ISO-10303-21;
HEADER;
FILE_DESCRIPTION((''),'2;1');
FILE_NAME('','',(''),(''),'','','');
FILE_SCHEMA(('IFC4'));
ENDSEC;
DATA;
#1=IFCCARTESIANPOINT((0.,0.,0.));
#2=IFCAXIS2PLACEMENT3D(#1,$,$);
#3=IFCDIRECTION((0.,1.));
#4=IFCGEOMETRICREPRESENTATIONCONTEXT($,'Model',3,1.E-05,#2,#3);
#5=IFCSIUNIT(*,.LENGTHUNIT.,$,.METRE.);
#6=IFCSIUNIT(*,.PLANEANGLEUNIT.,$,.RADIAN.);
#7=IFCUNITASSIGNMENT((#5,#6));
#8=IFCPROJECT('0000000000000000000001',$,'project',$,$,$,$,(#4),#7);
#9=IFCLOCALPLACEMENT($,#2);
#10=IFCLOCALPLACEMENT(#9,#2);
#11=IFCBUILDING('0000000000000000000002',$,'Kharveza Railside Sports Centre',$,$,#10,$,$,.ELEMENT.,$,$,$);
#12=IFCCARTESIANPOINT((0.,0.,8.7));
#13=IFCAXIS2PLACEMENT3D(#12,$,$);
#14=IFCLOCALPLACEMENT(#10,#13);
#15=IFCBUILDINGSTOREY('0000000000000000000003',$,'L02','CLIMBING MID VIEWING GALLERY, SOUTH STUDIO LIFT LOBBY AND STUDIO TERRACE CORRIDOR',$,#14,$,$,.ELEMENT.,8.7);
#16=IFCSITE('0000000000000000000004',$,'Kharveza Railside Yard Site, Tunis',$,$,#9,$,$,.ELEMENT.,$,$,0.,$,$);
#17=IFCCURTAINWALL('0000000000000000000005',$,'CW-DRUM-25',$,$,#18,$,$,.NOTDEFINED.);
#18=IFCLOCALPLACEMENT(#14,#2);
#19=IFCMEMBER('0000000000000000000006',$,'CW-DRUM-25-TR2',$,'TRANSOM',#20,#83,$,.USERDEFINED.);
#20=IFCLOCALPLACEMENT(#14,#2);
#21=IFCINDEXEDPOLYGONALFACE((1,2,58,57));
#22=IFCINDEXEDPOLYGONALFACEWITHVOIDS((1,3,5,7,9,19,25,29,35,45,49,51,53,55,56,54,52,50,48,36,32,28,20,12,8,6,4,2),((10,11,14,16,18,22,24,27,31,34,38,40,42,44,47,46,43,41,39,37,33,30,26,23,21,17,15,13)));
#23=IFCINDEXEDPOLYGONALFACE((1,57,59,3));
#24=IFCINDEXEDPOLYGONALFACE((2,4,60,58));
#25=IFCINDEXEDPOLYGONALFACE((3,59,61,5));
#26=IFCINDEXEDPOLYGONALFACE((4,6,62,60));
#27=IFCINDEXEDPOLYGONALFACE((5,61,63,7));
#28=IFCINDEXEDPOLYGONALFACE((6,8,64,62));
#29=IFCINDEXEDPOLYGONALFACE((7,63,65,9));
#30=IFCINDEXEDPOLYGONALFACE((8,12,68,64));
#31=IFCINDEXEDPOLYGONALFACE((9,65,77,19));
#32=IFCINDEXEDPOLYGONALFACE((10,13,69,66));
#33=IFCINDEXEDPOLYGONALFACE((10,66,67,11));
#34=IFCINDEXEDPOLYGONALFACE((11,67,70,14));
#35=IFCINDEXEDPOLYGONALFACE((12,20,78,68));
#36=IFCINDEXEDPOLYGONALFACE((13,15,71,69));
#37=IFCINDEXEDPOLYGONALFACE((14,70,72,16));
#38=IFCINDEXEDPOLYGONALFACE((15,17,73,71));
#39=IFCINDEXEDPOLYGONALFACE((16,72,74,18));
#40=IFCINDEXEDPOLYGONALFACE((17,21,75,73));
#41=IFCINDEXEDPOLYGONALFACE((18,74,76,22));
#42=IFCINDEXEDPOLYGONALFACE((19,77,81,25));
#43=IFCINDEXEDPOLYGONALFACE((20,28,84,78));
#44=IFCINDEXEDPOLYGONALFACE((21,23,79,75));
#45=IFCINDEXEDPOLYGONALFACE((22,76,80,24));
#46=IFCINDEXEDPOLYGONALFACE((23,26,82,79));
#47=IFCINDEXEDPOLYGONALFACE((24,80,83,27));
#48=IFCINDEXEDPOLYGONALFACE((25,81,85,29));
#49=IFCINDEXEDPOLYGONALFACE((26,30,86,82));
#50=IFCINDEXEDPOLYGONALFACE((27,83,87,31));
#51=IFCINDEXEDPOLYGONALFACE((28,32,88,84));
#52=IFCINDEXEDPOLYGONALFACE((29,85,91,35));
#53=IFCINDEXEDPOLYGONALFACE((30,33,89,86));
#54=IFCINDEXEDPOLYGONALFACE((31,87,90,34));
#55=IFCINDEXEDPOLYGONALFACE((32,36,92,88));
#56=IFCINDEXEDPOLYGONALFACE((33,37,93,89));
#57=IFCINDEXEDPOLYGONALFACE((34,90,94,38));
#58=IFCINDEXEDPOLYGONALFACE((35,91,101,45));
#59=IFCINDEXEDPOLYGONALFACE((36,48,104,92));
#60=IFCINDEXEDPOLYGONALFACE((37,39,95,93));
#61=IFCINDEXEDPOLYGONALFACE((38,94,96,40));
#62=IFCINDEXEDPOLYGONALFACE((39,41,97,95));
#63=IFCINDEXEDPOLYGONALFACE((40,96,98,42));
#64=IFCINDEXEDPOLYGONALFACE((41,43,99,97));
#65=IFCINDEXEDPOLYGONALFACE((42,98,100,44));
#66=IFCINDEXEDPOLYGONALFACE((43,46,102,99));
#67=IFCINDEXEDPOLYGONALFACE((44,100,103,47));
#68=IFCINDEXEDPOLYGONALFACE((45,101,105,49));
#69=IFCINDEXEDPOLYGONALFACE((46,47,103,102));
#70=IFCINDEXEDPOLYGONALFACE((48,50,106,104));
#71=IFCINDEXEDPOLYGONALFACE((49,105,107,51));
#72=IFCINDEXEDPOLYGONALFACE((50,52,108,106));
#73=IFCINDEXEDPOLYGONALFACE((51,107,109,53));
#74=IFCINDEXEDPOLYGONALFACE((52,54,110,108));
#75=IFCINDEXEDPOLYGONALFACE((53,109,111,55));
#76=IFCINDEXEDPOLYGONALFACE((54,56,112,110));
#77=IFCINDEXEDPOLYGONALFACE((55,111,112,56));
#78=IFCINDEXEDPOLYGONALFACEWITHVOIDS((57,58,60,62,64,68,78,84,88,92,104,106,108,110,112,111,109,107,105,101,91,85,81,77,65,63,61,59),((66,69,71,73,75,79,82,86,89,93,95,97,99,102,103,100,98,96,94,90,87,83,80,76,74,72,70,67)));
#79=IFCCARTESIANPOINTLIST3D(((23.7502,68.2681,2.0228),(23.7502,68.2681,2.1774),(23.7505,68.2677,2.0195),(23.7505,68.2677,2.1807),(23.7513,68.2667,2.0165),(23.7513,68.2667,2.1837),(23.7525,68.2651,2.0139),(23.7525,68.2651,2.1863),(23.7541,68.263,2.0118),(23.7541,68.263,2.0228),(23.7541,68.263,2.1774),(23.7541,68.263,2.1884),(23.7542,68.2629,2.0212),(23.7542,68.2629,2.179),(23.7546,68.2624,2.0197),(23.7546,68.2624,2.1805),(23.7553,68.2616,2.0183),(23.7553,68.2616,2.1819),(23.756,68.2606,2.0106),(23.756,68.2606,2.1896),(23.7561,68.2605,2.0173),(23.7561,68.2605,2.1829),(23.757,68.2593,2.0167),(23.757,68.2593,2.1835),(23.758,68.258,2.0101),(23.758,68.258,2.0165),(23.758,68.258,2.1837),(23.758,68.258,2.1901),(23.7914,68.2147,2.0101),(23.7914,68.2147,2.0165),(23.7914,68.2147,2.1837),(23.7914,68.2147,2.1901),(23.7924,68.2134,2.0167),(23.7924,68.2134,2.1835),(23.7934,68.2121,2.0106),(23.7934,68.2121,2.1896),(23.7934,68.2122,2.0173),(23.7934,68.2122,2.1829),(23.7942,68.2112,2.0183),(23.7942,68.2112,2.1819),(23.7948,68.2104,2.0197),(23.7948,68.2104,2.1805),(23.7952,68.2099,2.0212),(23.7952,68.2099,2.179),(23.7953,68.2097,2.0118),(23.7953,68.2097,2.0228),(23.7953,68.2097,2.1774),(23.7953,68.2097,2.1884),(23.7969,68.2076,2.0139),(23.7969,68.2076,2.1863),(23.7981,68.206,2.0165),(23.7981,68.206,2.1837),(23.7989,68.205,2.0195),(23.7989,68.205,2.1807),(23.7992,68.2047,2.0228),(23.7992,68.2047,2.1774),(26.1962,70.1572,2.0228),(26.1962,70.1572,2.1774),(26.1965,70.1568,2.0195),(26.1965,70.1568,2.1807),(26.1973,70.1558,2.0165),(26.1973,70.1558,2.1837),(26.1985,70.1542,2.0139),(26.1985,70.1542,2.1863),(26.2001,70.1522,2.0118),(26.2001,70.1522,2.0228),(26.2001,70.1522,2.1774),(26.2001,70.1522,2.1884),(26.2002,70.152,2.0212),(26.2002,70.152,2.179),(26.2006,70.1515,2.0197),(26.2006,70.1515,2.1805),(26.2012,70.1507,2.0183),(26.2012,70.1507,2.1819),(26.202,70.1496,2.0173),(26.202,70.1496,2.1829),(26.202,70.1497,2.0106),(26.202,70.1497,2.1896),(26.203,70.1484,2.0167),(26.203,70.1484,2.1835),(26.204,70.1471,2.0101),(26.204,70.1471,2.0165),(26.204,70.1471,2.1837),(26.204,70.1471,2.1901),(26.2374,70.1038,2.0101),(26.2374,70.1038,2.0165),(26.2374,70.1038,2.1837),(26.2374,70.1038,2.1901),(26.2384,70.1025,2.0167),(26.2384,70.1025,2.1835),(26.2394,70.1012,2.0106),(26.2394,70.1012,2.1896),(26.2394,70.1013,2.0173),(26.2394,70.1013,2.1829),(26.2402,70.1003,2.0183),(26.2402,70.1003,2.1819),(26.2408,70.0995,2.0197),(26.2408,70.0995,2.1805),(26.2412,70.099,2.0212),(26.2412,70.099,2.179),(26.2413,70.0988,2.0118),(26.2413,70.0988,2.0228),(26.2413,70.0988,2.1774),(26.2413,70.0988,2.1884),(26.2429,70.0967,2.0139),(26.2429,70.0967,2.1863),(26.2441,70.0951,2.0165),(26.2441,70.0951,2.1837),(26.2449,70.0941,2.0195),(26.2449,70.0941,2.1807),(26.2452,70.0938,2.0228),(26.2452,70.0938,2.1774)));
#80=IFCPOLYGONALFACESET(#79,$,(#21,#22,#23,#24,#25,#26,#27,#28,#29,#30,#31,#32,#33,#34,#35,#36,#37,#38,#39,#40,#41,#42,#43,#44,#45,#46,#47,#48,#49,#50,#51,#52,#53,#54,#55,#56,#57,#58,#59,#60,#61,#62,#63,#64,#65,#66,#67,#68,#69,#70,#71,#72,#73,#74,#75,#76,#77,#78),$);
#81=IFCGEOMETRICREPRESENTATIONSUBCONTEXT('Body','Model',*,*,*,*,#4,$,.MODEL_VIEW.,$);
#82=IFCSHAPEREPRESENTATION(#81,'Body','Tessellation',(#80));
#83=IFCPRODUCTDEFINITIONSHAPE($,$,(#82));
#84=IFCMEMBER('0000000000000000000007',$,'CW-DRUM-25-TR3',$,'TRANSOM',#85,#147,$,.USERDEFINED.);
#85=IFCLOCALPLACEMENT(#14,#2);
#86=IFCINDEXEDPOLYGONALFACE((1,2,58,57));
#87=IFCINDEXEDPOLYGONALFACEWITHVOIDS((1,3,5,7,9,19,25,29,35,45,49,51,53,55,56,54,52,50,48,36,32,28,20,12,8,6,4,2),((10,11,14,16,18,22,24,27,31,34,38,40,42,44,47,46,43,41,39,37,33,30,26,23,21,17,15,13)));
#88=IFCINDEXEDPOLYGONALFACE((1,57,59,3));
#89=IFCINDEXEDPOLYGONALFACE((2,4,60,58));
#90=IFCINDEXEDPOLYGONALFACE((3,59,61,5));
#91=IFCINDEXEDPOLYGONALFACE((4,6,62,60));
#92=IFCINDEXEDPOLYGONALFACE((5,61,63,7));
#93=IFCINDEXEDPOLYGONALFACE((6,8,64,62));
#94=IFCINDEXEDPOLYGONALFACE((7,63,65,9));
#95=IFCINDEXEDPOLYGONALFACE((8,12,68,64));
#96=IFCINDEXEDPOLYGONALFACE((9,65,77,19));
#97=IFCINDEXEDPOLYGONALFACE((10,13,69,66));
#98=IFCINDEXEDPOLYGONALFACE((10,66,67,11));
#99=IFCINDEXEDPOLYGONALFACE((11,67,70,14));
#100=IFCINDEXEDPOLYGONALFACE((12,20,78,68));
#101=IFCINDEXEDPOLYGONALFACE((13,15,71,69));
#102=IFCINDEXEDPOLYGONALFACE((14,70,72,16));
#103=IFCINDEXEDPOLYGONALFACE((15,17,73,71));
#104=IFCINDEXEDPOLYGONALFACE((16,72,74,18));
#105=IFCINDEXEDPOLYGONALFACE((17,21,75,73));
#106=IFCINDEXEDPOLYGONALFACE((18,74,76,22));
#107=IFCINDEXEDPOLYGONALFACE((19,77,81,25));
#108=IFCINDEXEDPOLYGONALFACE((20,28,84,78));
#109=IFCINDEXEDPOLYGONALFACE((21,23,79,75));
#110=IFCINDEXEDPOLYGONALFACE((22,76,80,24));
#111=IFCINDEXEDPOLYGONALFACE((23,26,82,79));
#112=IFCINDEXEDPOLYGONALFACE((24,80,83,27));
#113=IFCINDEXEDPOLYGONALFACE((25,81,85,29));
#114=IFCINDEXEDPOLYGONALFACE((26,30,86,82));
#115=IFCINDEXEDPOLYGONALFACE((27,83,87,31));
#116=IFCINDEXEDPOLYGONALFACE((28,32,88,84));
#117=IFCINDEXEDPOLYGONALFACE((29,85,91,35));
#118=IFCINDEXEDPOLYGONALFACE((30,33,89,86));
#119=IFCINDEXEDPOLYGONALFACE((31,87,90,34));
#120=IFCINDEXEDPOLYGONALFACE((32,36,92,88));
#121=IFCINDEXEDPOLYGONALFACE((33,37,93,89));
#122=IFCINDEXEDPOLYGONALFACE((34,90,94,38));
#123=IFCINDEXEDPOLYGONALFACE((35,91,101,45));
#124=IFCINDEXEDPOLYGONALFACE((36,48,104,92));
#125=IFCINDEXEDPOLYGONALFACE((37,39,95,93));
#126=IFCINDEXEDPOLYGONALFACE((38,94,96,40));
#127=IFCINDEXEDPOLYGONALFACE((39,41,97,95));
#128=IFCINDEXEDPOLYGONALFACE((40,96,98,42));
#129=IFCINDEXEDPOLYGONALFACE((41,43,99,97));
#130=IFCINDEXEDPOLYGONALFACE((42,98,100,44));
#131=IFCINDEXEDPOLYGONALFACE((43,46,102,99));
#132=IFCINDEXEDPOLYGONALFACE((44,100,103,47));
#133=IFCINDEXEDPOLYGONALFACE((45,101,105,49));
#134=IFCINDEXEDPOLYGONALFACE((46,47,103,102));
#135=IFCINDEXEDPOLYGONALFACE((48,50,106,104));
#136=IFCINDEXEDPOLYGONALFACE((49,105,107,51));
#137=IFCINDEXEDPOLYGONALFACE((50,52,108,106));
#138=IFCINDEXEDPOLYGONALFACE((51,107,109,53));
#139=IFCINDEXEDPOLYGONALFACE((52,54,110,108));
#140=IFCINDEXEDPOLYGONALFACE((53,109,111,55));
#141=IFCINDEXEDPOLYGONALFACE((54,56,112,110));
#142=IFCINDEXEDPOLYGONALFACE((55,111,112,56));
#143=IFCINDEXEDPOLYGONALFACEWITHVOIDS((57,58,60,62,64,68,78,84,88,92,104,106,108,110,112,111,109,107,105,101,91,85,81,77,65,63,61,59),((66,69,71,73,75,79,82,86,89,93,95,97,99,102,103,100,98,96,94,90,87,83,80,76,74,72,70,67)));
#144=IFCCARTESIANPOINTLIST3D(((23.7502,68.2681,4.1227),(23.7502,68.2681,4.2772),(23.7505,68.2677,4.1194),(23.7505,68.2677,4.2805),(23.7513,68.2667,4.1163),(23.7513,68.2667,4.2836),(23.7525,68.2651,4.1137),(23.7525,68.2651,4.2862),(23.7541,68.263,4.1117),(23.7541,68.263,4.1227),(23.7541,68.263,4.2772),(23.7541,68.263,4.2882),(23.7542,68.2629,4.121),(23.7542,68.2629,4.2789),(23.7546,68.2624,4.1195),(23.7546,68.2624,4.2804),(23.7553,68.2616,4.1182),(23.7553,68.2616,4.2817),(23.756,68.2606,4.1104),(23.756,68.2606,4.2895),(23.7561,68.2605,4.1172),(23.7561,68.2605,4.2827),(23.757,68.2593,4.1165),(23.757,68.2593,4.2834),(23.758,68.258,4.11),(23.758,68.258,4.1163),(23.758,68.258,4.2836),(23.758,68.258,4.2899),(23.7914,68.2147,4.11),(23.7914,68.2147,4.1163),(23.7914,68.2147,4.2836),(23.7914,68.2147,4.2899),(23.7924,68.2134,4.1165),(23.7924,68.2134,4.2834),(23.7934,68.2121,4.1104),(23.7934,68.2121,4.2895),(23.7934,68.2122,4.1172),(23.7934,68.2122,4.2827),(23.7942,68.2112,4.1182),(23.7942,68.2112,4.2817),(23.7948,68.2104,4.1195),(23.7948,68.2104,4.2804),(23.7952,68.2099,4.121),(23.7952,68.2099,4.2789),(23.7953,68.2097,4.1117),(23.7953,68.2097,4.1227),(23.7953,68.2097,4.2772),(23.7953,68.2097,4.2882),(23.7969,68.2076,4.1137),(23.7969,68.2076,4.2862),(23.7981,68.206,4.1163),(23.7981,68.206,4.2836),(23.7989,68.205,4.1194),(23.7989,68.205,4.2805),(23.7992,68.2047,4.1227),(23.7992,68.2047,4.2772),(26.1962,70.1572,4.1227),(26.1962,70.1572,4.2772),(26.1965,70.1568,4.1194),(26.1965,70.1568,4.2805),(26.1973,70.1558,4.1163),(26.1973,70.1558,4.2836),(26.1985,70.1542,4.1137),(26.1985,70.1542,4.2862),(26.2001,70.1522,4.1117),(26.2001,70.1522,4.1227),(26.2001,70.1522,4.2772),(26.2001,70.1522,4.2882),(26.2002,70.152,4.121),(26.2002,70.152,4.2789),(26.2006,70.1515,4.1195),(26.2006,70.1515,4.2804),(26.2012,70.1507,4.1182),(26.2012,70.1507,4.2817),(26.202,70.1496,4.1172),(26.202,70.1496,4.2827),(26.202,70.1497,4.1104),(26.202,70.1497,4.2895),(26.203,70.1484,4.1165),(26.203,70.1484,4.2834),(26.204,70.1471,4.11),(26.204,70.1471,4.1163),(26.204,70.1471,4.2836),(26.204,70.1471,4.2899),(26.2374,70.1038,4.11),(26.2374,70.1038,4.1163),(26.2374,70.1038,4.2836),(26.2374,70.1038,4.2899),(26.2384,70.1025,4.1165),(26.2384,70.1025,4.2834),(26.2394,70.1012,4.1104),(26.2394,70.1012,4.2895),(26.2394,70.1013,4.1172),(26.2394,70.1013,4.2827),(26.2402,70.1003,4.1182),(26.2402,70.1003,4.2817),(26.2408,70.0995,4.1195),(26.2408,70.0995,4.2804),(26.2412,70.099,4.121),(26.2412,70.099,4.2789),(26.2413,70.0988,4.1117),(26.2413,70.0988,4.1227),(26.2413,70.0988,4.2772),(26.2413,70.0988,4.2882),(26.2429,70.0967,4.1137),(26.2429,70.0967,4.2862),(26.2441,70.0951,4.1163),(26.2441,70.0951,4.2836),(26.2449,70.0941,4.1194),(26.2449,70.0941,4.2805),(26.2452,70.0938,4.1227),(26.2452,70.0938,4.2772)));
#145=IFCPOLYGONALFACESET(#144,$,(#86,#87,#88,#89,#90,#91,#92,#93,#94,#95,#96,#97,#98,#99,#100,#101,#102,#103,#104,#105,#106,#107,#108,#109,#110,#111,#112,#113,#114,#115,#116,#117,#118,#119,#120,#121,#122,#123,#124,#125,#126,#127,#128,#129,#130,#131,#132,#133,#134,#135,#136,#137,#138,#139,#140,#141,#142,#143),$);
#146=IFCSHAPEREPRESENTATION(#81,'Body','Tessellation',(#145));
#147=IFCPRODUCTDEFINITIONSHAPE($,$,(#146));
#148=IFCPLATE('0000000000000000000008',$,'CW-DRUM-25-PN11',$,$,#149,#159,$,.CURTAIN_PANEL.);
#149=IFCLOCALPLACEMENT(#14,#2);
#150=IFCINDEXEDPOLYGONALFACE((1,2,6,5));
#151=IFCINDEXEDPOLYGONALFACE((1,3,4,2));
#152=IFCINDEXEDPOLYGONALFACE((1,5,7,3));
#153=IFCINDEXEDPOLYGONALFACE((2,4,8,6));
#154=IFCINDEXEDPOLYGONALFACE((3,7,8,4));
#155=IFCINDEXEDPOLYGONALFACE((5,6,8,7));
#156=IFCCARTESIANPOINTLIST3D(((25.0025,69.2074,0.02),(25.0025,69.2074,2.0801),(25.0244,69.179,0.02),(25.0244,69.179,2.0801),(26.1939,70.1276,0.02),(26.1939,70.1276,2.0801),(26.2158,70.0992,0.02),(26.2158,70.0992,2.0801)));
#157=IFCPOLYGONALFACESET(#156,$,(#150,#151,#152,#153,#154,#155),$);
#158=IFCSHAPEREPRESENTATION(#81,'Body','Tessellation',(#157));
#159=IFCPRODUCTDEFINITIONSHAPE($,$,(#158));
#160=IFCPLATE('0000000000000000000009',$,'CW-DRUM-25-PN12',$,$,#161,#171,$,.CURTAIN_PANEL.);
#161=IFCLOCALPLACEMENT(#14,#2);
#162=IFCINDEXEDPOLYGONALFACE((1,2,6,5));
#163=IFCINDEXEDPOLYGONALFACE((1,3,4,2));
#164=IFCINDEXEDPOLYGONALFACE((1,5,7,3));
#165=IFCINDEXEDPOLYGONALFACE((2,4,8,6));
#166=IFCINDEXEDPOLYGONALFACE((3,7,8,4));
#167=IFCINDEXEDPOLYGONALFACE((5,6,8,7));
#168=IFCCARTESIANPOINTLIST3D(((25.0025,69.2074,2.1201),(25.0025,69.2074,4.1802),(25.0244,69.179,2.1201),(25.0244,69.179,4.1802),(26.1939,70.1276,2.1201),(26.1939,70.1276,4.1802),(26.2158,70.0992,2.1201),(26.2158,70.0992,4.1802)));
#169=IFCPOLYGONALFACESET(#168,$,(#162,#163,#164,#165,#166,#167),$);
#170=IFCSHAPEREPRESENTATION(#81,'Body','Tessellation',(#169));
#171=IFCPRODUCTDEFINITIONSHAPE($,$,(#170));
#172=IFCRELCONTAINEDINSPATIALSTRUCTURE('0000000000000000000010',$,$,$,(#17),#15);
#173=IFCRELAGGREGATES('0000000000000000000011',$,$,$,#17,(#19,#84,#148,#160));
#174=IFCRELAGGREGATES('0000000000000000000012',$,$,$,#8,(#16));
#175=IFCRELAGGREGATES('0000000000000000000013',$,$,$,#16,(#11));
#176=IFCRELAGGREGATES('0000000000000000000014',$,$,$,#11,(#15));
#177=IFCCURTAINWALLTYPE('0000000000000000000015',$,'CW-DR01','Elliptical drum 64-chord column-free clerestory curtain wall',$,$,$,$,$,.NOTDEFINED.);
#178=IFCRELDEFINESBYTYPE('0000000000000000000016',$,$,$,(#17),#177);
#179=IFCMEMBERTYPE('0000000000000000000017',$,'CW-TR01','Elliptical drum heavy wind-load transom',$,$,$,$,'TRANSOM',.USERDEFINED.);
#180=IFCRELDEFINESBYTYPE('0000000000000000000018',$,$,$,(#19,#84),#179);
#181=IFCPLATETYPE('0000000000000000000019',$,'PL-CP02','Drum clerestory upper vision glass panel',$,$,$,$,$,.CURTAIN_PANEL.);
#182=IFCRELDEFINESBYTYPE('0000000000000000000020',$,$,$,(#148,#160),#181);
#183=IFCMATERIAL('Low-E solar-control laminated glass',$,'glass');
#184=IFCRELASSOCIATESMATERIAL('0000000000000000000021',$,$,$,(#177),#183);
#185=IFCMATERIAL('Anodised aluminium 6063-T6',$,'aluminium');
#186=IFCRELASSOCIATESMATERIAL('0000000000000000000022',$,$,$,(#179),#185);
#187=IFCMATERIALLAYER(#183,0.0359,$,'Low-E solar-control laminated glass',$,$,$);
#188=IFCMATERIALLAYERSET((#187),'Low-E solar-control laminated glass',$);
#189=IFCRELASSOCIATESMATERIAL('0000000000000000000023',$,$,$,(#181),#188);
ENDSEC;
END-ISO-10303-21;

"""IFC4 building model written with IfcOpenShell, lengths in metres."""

from ifc_helpers import new_model, si_unit, direction, frame, origin, origin_2d, place, context, subcontext, project, spatial, rectangle, hollow_rectangle, extrude, material, layer, layer_set, material_profile, profile_set, type_object, element, aggregate, save


model = new_model("IFC4")

# Units and contexts
model_context = context("Model", 3, precision=1e-05, world=origin(), true_north=direction((0.0, 1.0)))
body_context = subcontext(model_context, "Body", "Model", "MODEL_VIEW")
ifc_project = project(units=[si_unit("LENGTHUNIT", "METRE"), si_unit("PLANEANGLEUNIT", "RADIAN")], contexts=[model_context])

# Site, building, storey
site_placement = place(None, origin())
site = spatial("IfcSite", under=ifc_project, at=site_placement, Name="Kharveza Railside Yard Site, Tunis", CompositionType="ELEMENT", RefElevation=0.0)
building_placement = place(site_placement, origin())
building = spatial("IfcBuilding", under=site, at=building_placement, Name="Kharveza Railside Sports Centre", CompositionType="ELEMENT")
storey_placement = place(building_placement, frame((0.0, 0.0, 8.7)))
storey = spatial("IfcBuildingStorey", under=building, at=storey_placement, Name="L02", Description="CLIMBING MID VIEWING GALLERY, SOUTH STUDIO LIFT LOBBY AND STUDIO TERRACE CORRIDOR", CompositionType="ELEMENT", Elevation=8.7)

# Curtain wall, members, plates
ifc_material_1 = material(Name="Low-E solar-control laminated glass", Category="glass")
curtain_wall_type = type_object("IfcCurtainWallType", Name="CW-DR01", Description="Elliptical drum 64-chord column-free clerestory curtain wall", PredefinedType="NOTDEFINED", material=ifc_material_1)
curtain_wall_placement = place(storey_placement, origin())
curtain_wall = element("IfcCurtainWall", 1, at=curtain_wall_placement, inside=storey, type_object=curtain_wall_type, Name="CW-DRUM-25", PredefinedType="NOTDEFINED")
ifc_material_2 = material(Name="Anodised aluminium 6063-T6", Category="aluminium")
ifc_material_profile_1 = material_profile(ifc_material_2, hollow_rectangle(XDim=0.0801, YDim=0.1799, WallThickness=0.0063, InnerFilletRadius=0.0063, OuterFilletRadius=0.0127, at=origin_2d()), Name="RHS 80x180x6.3")
ifc_profile_set_1 = profile_set([ifc_material_profile_1], Name="Anodised aluminium 6063-T6")
member_type_1 = type_object("IfcMemberType", Name="CW-TR01", Description="Elliptical drum heavy wind-load transom", ElementType="TRANSOM", PredefinedType="USERDEFINED", material=ifc_profile_set_1)
member_1_placement = place(storey_placement, frame((26.2207, 70.1255, 2.1001), z_axis=(-0.791436, -0.611252, 0.0), x_axis=(0.611252, -0.791436, 0.0)))
member_1 = element("IfcMember", 2, at=member_1_placement, type_object=member_type_1, Name="CW-DRUM-25-TR2", ObjectType="TRANSOM", PredefinedType="USERDEFINED", context=body_context, shape_type="SweptSolid", body=[
    extrude(hollow_rectangle(XDim=0.0801, YDim=0.1799, WallThickness=0.0063, InnerFilletRadius=0.0063, OuterFilletRadius=0.0127, at=origin_2d()), origin(), (0.0, 0.0, 1.0), 3.0906),
])
member_2_placement = place(storey_placement, frame((26.2207, 70.1255, 4.2), z_axis=(-0.791436, -0.611252, 0.0), x_axis=(0.611252, -0.791436, 0.0)))
member_2 = element("IfcMember", 3, at=member_2_placement, type_object=member_type_1, Name="CW-DRUM-25-TR3", ObjectType="TRANSOM", PredefinedType="USERDEFINED", context=body_context, shape_type="SweptSolid", body=[
    extrude(hollow_rectangle(XDim=0.0801, YDim=0.1799, WallThickness=0.0063, InnerFilletRadius=0.0063, OuterFilletRadius=0.0127, at=origin_2d()), origin(), (0.0, 0.0, 1.0), 3.0906),
])
ifc_layer_1 = layer(ifc_material_1, 0.0359, Name="Low-E solar-control laminated glass")
ifc_layer_set_1 = layer_set([ifc_layer_1], Name="Low-E solar-control laminated glass")
plate_type = type_object("IfcPlateType", Name="PL-CP02", Description="Drum clerestory upper vision glass panel", PredefinedType="CURTAIN_PANEL", material=ifc_layer_set_1)
plate_1_placement = place(storey_placement, frame((25.6091, 69.6533, 0.02), z_axis=(0.0, 0.0, 1.0), x_axis=(-0.791437, -0.611251, 0.0)))
plate_1 = element("IfcPlate", 4, at=plate_1_placement, type_object=plate_type, Name="CW-DRUM-25-PN11", PredefinedType="CURTAIN_PANEL", context=body_context, shape_type="SweptSolid", body=[
    extrude(rectangle(XDim=1.5054, YDim=0.0359, at=origin_2d()), origin(), (0.0, 0.0, 1.0), 2.0601),
])
plate_2_placement = place(storey_placement, frame((25.6091, 69.6533, 2.1201), z_axis=(0.0, 0.0, 1.0), x_axis=(-0.791437, -0.611251, 0.0)))
plate_2 = element("IfcPlate", 5, at=plate_2_placement, type_object=plate_type, Name="CW-DRUM-25-PN12", PredefinedType="CURTAIN_PANEL", context=body_context, shape_type="SweptSolid", body=[
    extrude(rectangle(XDim=1.5054, YDim=0.0359, at=origin_2d()), origin(), (0.0, 0.0, 1.0), 2.0601),
])
aggregate(curtain_wall, [member_1, member_2, plate_1, plate_2])

save(model, "model.ifc")
